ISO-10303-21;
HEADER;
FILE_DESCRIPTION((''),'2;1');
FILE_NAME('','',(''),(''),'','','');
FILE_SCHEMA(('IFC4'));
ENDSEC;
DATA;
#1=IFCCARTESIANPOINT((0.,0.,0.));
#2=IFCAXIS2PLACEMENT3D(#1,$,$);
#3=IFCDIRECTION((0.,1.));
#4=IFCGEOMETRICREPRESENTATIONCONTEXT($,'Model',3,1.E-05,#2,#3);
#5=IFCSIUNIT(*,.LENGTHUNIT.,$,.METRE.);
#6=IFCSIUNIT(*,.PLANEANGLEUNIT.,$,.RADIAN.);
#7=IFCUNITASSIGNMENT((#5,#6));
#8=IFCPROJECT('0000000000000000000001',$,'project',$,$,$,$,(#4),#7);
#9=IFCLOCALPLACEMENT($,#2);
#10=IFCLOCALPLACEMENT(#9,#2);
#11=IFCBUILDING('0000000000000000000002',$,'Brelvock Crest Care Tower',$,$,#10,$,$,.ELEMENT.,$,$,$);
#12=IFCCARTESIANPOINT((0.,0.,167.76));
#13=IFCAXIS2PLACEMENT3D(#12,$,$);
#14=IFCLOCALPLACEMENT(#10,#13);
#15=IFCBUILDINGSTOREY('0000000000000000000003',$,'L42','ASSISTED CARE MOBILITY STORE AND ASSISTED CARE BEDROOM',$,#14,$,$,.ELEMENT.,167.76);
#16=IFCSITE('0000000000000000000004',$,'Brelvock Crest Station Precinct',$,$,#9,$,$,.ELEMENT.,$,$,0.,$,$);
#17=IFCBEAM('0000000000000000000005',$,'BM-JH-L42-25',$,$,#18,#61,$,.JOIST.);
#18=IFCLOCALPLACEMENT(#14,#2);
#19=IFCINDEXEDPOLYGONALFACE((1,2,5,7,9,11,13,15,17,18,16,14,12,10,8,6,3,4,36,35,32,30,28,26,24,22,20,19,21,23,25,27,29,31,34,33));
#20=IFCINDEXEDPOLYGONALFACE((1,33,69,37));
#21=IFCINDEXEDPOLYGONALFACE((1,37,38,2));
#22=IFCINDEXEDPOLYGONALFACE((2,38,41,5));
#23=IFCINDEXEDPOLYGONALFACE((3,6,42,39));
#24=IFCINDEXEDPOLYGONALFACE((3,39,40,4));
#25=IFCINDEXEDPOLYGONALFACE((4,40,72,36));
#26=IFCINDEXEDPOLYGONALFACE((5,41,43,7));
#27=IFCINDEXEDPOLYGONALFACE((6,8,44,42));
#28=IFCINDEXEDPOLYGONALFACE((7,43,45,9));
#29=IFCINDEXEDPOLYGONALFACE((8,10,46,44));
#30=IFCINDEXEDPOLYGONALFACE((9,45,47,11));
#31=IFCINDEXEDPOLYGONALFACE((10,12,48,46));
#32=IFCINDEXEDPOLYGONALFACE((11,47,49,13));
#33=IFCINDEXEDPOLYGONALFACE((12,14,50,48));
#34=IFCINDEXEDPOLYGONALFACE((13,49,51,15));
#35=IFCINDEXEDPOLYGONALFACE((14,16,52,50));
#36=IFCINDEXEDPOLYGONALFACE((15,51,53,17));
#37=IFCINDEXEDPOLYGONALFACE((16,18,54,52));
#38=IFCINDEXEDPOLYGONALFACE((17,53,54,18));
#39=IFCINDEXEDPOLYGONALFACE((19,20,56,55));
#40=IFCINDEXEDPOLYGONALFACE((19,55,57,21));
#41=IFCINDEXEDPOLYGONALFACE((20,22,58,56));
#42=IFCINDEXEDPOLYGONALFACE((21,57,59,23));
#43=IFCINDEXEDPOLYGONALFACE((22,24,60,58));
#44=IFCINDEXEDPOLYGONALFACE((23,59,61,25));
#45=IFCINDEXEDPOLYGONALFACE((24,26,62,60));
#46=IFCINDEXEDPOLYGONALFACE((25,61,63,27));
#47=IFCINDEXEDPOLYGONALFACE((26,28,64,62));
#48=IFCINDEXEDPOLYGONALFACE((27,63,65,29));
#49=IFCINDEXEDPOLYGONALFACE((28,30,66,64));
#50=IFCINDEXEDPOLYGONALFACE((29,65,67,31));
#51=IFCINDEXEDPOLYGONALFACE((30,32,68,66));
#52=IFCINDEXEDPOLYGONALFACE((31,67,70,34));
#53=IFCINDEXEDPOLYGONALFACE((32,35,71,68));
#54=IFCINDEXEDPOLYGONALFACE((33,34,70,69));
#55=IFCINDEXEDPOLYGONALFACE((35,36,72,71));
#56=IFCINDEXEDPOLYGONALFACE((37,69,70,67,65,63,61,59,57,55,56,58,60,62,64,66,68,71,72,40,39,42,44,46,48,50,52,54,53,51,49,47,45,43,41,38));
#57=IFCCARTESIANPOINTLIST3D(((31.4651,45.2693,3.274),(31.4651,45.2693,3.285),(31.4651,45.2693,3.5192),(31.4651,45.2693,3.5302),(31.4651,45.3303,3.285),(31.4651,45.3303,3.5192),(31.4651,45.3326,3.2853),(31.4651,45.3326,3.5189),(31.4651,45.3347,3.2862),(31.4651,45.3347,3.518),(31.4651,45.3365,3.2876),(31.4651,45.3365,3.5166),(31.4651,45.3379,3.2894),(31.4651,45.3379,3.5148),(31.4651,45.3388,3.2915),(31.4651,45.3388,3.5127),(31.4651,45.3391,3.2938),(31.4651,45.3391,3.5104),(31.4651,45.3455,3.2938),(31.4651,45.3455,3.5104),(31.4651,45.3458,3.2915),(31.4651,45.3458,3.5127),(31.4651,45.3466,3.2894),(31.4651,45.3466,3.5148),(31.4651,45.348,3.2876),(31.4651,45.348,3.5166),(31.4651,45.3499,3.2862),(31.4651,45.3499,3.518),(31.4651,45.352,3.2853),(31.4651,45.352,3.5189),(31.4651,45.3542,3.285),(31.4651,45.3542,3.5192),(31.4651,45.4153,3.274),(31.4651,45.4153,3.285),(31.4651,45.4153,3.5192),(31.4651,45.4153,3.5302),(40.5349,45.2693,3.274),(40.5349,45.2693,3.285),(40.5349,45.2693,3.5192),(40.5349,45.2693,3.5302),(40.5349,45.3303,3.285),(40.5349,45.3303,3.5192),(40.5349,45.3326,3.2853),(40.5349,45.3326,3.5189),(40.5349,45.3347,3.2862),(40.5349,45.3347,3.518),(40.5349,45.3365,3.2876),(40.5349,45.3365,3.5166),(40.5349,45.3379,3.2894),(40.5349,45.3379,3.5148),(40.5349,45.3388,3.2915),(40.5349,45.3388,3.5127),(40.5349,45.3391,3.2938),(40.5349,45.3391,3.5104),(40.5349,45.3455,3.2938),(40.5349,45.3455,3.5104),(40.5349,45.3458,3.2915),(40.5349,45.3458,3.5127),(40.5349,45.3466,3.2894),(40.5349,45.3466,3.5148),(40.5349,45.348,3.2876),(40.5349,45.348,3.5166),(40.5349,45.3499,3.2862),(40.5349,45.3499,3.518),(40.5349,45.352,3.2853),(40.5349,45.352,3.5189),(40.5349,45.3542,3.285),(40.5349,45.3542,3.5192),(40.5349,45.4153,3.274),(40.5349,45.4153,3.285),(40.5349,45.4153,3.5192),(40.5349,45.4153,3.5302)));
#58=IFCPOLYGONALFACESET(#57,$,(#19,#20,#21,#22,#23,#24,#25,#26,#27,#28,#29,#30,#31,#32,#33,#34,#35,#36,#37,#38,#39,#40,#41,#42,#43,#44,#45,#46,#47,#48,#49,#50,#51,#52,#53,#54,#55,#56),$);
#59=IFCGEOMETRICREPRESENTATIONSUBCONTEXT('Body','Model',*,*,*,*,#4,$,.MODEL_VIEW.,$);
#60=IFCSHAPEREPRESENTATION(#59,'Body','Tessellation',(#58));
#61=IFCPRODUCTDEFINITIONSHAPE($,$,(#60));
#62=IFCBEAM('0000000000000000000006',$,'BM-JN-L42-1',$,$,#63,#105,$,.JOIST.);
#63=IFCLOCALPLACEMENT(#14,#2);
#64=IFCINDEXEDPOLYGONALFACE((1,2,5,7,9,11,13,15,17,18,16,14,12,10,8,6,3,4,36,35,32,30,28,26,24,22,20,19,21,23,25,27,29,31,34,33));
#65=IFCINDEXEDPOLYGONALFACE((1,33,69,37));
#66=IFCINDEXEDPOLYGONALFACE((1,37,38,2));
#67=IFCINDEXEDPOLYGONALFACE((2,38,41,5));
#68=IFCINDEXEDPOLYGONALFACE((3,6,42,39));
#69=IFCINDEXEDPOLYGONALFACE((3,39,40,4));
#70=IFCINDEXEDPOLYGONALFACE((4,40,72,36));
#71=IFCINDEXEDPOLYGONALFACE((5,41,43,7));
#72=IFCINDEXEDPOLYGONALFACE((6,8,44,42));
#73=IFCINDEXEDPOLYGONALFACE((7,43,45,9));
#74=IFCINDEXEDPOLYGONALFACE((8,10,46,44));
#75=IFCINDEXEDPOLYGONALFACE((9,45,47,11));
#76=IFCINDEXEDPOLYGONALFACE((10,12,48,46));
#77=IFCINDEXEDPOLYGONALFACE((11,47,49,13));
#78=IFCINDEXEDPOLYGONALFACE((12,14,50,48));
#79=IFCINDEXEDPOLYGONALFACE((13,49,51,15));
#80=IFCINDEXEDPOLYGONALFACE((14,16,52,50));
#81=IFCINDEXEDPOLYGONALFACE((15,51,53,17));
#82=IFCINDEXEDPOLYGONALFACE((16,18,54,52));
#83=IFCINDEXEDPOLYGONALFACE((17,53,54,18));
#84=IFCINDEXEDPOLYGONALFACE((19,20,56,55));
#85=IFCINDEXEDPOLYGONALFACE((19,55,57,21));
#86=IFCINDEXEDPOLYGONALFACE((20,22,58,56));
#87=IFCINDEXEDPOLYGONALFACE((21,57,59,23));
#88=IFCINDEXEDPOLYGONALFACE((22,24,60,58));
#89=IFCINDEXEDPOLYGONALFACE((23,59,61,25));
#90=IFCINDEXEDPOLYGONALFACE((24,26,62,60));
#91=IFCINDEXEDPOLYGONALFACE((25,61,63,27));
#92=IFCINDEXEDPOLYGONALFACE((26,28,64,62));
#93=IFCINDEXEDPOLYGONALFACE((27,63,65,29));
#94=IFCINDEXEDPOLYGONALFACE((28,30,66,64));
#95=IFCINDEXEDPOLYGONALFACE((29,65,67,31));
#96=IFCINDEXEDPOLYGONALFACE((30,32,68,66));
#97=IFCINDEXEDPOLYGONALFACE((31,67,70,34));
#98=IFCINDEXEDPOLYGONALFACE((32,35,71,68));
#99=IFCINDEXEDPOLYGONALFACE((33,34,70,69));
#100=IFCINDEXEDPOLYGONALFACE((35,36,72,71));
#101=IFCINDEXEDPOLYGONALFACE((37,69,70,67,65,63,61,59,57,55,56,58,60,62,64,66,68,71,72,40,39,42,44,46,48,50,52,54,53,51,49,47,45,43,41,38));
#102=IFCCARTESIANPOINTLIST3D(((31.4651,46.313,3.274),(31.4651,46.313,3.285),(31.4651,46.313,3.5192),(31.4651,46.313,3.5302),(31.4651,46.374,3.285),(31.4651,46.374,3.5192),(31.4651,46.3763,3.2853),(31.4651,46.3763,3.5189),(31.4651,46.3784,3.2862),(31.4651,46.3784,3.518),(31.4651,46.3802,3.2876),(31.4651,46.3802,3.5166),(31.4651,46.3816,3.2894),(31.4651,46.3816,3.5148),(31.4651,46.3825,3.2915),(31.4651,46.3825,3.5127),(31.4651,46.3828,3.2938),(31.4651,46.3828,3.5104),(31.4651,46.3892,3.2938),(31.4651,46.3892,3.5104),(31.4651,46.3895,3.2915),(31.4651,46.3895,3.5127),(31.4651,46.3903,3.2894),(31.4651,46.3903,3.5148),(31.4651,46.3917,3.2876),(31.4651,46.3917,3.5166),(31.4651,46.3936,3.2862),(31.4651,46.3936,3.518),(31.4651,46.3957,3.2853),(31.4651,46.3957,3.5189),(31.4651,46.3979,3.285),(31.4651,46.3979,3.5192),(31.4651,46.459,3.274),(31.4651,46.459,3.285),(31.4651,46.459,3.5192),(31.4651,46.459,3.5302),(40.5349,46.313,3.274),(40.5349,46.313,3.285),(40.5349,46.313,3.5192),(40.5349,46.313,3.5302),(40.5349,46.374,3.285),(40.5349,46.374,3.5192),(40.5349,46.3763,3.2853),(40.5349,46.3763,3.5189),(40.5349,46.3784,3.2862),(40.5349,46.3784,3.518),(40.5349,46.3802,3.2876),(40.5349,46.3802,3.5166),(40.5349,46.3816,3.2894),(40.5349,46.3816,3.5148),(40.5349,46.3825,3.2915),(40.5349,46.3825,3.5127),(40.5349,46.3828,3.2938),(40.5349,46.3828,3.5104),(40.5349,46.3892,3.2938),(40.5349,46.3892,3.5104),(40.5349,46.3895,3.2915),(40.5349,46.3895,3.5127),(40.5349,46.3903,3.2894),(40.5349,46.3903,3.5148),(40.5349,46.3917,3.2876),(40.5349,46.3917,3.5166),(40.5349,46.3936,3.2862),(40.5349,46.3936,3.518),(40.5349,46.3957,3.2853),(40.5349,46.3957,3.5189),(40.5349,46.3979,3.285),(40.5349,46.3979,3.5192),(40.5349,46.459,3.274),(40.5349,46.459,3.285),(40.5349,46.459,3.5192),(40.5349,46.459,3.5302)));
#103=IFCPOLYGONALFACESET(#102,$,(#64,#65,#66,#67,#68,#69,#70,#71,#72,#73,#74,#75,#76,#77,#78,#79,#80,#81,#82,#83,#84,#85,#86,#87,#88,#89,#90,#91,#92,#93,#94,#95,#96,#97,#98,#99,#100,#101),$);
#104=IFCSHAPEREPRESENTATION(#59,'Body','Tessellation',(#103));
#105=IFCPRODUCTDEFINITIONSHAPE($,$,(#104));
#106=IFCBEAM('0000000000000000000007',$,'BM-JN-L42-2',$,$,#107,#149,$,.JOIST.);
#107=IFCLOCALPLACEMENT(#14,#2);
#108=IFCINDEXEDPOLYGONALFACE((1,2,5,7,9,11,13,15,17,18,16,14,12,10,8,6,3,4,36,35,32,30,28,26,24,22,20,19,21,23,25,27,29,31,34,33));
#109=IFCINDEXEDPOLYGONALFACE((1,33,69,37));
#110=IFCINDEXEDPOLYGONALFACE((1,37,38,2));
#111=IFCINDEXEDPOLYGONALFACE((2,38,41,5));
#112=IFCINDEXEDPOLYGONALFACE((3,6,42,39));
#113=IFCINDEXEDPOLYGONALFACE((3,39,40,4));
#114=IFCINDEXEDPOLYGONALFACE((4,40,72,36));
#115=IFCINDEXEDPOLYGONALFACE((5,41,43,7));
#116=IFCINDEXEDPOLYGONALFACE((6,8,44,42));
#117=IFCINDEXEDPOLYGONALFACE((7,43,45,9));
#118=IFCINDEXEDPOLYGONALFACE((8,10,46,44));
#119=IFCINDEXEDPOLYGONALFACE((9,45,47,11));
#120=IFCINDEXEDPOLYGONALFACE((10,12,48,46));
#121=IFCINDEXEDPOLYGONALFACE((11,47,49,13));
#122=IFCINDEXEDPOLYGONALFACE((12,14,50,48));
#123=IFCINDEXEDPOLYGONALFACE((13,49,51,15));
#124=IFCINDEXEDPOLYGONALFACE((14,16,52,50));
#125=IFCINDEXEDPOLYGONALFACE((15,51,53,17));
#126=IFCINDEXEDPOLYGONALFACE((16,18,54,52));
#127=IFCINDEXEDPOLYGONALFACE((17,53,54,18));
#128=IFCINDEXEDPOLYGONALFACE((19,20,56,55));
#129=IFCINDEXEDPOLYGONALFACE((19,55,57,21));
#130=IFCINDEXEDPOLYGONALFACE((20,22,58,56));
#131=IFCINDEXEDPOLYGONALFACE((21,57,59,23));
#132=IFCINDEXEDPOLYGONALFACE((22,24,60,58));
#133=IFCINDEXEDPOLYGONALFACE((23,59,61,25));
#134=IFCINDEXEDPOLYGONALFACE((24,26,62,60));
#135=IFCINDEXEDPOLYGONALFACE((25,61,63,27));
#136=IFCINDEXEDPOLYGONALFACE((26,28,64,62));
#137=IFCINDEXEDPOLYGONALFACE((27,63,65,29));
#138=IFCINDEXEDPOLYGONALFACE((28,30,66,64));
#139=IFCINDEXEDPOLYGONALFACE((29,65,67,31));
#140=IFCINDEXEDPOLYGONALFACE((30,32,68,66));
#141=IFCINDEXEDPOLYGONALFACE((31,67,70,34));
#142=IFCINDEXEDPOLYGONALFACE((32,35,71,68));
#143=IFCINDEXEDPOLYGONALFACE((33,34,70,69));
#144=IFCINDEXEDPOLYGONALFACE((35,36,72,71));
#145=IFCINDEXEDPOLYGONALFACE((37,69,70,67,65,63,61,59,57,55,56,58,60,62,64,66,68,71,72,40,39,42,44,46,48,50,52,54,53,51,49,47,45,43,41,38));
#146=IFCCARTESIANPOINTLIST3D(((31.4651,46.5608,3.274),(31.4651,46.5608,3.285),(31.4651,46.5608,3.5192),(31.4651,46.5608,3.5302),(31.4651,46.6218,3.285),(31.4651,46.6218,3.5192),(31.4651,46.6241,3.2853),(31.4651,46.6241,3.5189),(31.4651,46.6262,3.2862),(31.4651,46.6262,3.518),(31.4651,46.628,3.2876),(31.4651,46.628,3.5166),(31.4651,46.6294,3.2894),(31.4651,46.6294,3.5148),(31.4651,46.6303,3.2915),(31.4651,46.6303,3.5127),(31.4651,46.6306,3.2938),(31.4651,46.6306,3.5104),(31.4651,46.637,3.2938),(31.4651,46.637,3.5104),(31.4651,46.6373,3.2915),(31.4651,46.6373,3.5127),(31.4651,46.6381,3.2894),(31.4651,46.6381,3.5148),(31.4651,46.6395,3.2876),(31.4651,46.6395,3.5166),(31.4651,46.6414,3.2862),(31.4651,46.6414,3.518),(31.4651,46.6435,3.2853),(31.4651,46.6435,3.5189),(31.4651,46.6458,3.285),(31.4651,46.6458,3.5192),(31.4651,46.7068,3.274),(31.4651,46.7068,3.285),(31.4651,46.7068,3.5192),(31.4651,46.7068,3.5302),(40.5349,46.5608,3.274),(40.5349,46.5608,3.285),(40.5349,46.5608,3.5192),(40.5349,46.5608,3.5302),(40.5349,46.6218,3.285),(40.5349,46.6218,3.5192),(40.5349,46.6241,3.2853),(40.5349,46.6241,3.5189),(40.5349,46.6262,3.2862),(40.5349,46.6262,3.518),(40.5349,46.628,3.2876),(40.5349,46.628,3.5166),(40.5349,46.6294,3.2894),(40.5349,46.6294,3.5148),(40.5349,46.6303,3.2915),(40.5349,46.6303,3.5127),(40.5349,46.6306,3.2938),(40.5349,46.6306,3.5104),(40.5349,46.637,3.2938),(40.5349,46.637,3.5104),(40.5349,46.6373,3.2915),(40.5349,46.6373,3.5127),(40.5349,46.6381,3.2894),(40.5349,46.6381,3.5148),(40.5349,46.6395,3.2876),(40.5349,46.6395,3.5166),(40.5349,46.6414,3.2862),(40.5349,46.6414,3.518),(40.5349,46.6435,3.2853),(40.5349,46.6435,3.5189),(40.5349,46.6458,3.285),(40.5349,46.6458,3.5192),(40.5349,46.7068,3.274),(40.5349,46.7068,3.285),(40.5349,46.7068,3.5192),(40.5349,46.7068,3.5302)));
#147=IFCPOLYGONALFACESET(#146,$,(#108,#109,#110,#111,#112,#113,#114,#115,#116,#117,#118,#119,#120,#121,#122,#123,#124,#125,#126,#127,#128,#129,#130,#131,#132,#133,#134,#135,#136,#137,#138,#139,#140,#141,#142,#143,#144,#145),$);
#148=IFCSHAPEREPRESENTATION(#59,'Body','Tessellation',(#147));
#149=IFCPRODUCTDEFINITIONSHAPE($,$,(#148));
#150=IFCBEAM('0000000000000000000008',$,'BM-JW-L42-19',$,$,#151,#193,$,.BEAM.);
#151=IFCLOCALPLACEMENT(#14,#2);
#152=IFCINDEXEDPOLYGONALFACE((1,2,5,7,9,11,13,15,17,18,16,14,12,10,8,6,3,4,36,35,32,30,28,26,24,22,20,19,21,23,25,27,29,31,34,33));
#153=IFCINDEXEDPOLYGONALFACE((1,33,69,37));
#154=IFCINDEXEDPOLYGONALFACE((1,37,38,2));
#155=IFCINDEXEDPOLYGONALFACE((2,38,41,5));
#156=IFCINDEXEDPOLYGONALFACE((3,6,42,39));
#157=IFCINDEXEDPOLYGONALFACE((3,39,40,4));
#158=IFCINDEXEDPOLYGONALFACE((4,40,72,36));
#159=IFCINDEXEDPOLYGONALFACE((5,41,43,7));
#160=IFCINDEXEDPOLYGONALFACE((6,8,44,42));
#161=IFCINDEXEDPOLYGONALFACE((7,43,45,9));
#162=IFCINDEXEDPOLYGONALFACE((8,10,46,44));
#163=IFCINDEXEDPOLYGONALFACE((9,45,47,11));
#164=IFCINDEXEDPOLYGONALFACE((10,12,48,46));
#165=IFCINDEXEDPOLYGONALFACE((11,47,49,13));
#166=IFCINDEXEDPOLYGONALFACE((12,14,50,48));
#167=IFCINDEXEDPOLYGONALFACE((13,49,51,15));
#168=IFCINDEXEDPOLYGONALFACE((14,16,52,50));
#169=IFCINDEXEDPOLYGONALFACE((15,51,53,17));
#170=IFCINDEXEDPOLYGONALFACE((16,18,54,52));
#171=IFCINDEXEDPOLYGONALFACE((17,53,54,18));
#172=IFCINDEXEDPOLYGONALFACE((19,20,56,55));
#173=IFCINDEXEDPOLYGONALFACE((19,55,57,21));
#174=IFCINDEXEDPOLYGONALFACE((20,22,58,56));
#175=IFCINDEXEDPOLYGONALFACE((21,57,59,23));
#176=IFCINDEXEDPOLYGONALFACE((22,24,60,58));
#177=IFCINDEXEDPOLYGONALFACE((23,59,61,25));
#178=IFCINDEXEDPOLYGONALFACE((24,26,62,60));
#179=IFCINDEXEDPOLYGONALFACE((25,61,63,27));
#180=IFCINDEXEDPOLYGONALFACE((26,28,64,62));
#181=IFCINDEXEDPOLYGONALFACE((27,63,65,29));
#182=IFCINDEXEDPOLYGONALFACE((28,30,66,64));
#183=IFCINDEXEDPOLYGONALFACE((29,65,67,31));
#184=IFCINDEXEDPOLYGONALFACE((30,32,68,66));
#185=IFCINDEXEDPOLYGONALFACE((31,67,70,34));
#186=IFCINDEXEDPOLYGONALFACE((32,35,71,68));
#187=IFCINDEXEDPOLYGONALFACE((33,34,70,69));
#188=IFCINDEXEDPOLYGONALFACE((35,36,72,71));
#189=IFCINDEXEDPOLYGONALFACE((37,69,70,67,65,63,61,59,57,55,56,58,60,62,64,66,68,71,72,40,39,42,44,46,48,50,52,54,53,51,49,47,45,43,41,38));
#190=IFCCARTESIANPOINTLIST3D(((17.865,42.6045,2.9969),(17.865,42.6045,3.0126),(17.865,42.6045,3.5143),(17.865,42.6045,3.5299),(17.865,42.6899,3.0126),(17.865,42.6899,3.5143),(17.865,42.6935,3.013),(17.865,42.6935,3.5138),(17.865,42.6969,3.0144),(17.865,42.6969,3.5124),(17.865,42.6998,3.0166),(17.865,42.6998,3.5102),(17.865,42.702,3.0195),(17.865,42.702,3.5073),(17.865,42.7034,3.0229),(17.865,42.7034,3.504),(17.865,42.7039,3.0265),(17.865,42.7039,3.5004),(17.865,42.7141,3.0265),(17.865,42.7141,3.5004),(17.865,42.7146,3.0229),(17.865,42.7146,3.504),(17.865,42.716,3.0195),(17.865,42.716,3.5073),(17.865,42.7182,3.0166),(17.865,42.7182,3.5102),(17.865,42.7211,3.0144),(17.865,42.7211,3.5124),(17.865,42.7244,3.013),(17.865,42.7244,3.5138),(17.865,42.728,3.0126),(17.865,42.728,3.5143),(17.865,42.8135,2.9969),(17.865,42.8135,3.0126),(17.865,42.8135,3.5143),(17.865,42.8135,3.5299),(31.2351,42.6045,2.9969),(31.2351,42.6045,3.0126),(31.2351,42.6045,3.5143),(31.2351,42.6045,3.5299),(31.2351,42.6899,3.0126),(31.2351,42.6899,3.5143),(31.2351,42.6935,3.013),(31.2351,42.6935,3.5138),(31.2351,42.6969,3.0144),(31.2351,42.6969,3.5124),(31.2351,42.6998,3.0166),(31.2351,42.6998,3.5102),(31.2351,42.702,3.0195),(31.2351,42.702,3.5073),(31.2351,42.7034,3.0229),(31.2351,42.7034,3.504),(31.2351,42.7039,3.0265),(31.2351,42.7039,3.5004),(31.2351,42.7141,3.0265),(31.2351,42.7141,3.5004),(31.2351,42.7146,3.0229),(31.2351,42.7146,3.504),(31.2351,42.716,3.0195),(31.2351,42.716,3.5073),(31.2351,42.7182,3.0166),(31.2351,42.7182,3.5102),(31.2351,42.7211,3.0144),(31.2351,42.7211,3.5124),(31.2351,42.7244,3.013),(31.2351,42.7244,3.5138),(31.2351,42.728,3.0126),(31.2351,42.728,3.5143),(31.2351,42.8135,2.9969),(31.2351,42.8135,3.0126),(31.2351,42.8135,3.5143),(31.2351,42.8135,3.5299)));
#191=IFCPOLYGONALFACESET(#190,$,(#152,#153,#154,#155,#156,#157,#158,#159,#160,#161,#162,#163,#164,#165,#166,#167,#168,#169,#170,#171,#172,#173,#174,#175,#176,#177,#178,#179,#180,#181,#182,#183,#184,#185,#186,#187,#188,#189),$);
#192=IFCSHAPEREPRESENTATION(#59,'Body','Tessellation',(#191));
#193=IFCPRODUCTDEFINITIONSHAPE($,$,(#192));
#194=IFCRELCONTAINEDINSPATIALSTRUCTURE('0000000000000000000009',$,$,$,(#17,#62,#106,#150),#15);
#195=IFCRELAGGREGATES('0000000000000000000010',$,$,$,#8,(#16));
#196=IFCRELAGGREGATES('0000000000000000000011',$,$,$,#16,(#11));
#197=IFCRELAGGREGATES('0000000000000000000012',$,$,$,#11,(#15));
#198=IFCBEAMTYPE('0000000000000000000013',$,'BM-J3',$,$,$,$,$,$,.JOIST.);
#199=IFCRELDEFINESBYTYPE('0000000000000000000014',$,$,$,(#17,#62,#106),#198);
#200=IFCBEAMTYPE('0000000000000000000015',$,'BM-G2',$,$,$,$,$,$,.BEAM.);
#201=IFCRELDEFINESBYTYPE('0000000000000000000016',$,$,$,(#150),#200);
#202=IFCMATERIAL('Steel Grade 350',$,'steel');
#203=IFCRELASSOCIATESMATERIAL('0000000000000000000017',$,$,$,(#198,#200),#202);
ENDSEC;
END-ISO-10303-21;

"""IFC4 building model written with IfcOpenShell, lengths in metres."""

from ifc_helpers import new_model, si_unit, direction, frame, origin, origin_2d, place, context, subcontext, project, spatial, i_section, extrude, source, transform, mapped, material, material_profile, profile_set, type_object, element, save


model = new_model("IFC4")

# Units and contexts
model_context = context("Model", 3, precision=1e-05, world=origin(), true_north=direction((0.0, 1.0)))
body_context = subcontext(model_context, "Body", "Model", "MODEL_VIEW")
ifc_project = project(units=[si_unit("LENGTHUNIT", "METRE"), si_unit("PLANEANGLEUNIT", "RADIAN")], contexts=[model_context])

# Site, building, storey
site_placement = place(None, origin())
site = spatial("IfcSite", under=ifc_project, at=site_placement, Name="Brelvock Crest Station Precinct", CompositionType="ELEMENT", RefElevation=0.0)
building_placement = place(site_placement, origin())
building = spatial("IfcBuilding", under=site, at=building_placement, Name="Brelvock Crest Care Tower", CompositionType="ELEMENT")
storey_placement = place(building_placement, frame((0.0, 0.0, 167.76)))
storey = spatial("IfcBuildingStorey", under=building, at=storey_placement, Name="L42", Description="ASSISTED CARE MOBILITY STORE AND ASSISTED CARE BEDROOM", CompositionType="ELEMENT", Elevation=167.76)

# Beams
ifc_material_1 = material(Name="Steel Grade 350", Category="steel")
ifc_material_profile_1 = material_profile(ifc_material_1, i_section(OverallWidth=0.146, OverallDepth=0.2561, WebThickness=0.0063, FlangeThickness=0.011, FilletRadius=0.0088, at=origin_2d()), Name="250UB37.3")
ifc_profile_set_1 = profile_set([ifc_material_profile_1], Name="Steel Grade 350")
beam_type_1 = type_object("IfcBeamType", Name="BM-J3", PredefinedType="JOIST", material=ifc_profile_set_1)
shared_shape_1 = source(origin(), body_context, "Body", "SweptSolid", [
    extrude(i_section(OverallWidth=0.146, OverallDepth=0.2561, WebThickness=0.0063, FlangeThickness=0.011, FilletRadius=0.0088, at=origin_2d()), origin(), (0.0, 0.0, 1.0), 9.0698),
])
for number, where, z_axis, x_axis, name in (
    (1, (31.4651, 45.3423, 3.4021), (1.0, 0.0, 0.0), (0.0, 1.0, 0.0), "BM-JH-L42-25"),
    (2, (31.4651, 46.386, 3.4021), (1.0, 0.0, 0.0), (0.0, 1.0, 0.0), "BM-JN-L42-1"),
    (3, (31.4651, 46.6338, 3.4021), (1.0, 0.0, 0.0), (0.0, 1.0, 0.0), "BM-JN-L42-2"),
):
    element("IfcBeam", number, at=place(storey_placement, frame(where, z_axis=z_axis, x_axis=x_axis)), inside=storey, type_object=beam_type_1, Name=name, PredefinedType="JOIST", context=body_context, shape_type="MappedRepresentation", body=[
        mapped(shared_shape_1, transform((0.0, 0.0, 0.0), x_axis=(1.0, 0.0, 0.0), y_axis=(0.0, 1.0, 0.0), z_axis=(0.0, 0.0, 1.0), scale=1.0)),
    ])
ifc_material_profile_2 = material_profile(ifc_material_1, i_section(OverallWidth=0.209, OverallDepth=0.533, WebThickness=0.0103, FlangeThickness=0.0156, FilletRadius=0.0139, at=origin_2d()), Name="530UB92.4")
ifc_profile_set_2 = profile_set([ifc_material_profile_2], Name="Steel Grade 350")
beam_type_2 = type_object("IfcBeamType", Name="BM-G2", PredefinedType="BEAM", material=ifc_profile_set_2)
shared_shape_2 = source(origin(), body_context, "Body", "SweptSolid", [
    extrude(i_section(OverallWidth=0.209, OverallDepth=0.533, WebThickness=0.0103, FlangeThickness=0.0156, FilletRadius=0.0139, at=origin_2d()), origin(), (0.0, 0.0, 1.0), 13.3701),
])
for number, where, z_axis, x_axis, name in (
    (4, (17.865, 42.709, 3.2634), (1.0, 0.0, 0.0), (0.0, 1.0, 0.0), "BM-JW-L42-19"),
):
    element("IfcBeam", number, at=place(storey_placement, frame(where, z_axis=z_axis, x_axis=x_axis)), inside=storey, type_object=beam_type_2, Name=name, PredefinedType="BEAM", context=body_context, shape_type="MappedRepresentation", body=[
        mapped(shared_shape_2, transform((0.0, 0.0, 0.0), x_axis=(1.0, 0.0, 0.0), y_axis=(0.0, 1.0, 0.0), z_axis=(0.0, 0.0, 1.0), scale=1.0)),
    ])

save(model, "model.ifc")
